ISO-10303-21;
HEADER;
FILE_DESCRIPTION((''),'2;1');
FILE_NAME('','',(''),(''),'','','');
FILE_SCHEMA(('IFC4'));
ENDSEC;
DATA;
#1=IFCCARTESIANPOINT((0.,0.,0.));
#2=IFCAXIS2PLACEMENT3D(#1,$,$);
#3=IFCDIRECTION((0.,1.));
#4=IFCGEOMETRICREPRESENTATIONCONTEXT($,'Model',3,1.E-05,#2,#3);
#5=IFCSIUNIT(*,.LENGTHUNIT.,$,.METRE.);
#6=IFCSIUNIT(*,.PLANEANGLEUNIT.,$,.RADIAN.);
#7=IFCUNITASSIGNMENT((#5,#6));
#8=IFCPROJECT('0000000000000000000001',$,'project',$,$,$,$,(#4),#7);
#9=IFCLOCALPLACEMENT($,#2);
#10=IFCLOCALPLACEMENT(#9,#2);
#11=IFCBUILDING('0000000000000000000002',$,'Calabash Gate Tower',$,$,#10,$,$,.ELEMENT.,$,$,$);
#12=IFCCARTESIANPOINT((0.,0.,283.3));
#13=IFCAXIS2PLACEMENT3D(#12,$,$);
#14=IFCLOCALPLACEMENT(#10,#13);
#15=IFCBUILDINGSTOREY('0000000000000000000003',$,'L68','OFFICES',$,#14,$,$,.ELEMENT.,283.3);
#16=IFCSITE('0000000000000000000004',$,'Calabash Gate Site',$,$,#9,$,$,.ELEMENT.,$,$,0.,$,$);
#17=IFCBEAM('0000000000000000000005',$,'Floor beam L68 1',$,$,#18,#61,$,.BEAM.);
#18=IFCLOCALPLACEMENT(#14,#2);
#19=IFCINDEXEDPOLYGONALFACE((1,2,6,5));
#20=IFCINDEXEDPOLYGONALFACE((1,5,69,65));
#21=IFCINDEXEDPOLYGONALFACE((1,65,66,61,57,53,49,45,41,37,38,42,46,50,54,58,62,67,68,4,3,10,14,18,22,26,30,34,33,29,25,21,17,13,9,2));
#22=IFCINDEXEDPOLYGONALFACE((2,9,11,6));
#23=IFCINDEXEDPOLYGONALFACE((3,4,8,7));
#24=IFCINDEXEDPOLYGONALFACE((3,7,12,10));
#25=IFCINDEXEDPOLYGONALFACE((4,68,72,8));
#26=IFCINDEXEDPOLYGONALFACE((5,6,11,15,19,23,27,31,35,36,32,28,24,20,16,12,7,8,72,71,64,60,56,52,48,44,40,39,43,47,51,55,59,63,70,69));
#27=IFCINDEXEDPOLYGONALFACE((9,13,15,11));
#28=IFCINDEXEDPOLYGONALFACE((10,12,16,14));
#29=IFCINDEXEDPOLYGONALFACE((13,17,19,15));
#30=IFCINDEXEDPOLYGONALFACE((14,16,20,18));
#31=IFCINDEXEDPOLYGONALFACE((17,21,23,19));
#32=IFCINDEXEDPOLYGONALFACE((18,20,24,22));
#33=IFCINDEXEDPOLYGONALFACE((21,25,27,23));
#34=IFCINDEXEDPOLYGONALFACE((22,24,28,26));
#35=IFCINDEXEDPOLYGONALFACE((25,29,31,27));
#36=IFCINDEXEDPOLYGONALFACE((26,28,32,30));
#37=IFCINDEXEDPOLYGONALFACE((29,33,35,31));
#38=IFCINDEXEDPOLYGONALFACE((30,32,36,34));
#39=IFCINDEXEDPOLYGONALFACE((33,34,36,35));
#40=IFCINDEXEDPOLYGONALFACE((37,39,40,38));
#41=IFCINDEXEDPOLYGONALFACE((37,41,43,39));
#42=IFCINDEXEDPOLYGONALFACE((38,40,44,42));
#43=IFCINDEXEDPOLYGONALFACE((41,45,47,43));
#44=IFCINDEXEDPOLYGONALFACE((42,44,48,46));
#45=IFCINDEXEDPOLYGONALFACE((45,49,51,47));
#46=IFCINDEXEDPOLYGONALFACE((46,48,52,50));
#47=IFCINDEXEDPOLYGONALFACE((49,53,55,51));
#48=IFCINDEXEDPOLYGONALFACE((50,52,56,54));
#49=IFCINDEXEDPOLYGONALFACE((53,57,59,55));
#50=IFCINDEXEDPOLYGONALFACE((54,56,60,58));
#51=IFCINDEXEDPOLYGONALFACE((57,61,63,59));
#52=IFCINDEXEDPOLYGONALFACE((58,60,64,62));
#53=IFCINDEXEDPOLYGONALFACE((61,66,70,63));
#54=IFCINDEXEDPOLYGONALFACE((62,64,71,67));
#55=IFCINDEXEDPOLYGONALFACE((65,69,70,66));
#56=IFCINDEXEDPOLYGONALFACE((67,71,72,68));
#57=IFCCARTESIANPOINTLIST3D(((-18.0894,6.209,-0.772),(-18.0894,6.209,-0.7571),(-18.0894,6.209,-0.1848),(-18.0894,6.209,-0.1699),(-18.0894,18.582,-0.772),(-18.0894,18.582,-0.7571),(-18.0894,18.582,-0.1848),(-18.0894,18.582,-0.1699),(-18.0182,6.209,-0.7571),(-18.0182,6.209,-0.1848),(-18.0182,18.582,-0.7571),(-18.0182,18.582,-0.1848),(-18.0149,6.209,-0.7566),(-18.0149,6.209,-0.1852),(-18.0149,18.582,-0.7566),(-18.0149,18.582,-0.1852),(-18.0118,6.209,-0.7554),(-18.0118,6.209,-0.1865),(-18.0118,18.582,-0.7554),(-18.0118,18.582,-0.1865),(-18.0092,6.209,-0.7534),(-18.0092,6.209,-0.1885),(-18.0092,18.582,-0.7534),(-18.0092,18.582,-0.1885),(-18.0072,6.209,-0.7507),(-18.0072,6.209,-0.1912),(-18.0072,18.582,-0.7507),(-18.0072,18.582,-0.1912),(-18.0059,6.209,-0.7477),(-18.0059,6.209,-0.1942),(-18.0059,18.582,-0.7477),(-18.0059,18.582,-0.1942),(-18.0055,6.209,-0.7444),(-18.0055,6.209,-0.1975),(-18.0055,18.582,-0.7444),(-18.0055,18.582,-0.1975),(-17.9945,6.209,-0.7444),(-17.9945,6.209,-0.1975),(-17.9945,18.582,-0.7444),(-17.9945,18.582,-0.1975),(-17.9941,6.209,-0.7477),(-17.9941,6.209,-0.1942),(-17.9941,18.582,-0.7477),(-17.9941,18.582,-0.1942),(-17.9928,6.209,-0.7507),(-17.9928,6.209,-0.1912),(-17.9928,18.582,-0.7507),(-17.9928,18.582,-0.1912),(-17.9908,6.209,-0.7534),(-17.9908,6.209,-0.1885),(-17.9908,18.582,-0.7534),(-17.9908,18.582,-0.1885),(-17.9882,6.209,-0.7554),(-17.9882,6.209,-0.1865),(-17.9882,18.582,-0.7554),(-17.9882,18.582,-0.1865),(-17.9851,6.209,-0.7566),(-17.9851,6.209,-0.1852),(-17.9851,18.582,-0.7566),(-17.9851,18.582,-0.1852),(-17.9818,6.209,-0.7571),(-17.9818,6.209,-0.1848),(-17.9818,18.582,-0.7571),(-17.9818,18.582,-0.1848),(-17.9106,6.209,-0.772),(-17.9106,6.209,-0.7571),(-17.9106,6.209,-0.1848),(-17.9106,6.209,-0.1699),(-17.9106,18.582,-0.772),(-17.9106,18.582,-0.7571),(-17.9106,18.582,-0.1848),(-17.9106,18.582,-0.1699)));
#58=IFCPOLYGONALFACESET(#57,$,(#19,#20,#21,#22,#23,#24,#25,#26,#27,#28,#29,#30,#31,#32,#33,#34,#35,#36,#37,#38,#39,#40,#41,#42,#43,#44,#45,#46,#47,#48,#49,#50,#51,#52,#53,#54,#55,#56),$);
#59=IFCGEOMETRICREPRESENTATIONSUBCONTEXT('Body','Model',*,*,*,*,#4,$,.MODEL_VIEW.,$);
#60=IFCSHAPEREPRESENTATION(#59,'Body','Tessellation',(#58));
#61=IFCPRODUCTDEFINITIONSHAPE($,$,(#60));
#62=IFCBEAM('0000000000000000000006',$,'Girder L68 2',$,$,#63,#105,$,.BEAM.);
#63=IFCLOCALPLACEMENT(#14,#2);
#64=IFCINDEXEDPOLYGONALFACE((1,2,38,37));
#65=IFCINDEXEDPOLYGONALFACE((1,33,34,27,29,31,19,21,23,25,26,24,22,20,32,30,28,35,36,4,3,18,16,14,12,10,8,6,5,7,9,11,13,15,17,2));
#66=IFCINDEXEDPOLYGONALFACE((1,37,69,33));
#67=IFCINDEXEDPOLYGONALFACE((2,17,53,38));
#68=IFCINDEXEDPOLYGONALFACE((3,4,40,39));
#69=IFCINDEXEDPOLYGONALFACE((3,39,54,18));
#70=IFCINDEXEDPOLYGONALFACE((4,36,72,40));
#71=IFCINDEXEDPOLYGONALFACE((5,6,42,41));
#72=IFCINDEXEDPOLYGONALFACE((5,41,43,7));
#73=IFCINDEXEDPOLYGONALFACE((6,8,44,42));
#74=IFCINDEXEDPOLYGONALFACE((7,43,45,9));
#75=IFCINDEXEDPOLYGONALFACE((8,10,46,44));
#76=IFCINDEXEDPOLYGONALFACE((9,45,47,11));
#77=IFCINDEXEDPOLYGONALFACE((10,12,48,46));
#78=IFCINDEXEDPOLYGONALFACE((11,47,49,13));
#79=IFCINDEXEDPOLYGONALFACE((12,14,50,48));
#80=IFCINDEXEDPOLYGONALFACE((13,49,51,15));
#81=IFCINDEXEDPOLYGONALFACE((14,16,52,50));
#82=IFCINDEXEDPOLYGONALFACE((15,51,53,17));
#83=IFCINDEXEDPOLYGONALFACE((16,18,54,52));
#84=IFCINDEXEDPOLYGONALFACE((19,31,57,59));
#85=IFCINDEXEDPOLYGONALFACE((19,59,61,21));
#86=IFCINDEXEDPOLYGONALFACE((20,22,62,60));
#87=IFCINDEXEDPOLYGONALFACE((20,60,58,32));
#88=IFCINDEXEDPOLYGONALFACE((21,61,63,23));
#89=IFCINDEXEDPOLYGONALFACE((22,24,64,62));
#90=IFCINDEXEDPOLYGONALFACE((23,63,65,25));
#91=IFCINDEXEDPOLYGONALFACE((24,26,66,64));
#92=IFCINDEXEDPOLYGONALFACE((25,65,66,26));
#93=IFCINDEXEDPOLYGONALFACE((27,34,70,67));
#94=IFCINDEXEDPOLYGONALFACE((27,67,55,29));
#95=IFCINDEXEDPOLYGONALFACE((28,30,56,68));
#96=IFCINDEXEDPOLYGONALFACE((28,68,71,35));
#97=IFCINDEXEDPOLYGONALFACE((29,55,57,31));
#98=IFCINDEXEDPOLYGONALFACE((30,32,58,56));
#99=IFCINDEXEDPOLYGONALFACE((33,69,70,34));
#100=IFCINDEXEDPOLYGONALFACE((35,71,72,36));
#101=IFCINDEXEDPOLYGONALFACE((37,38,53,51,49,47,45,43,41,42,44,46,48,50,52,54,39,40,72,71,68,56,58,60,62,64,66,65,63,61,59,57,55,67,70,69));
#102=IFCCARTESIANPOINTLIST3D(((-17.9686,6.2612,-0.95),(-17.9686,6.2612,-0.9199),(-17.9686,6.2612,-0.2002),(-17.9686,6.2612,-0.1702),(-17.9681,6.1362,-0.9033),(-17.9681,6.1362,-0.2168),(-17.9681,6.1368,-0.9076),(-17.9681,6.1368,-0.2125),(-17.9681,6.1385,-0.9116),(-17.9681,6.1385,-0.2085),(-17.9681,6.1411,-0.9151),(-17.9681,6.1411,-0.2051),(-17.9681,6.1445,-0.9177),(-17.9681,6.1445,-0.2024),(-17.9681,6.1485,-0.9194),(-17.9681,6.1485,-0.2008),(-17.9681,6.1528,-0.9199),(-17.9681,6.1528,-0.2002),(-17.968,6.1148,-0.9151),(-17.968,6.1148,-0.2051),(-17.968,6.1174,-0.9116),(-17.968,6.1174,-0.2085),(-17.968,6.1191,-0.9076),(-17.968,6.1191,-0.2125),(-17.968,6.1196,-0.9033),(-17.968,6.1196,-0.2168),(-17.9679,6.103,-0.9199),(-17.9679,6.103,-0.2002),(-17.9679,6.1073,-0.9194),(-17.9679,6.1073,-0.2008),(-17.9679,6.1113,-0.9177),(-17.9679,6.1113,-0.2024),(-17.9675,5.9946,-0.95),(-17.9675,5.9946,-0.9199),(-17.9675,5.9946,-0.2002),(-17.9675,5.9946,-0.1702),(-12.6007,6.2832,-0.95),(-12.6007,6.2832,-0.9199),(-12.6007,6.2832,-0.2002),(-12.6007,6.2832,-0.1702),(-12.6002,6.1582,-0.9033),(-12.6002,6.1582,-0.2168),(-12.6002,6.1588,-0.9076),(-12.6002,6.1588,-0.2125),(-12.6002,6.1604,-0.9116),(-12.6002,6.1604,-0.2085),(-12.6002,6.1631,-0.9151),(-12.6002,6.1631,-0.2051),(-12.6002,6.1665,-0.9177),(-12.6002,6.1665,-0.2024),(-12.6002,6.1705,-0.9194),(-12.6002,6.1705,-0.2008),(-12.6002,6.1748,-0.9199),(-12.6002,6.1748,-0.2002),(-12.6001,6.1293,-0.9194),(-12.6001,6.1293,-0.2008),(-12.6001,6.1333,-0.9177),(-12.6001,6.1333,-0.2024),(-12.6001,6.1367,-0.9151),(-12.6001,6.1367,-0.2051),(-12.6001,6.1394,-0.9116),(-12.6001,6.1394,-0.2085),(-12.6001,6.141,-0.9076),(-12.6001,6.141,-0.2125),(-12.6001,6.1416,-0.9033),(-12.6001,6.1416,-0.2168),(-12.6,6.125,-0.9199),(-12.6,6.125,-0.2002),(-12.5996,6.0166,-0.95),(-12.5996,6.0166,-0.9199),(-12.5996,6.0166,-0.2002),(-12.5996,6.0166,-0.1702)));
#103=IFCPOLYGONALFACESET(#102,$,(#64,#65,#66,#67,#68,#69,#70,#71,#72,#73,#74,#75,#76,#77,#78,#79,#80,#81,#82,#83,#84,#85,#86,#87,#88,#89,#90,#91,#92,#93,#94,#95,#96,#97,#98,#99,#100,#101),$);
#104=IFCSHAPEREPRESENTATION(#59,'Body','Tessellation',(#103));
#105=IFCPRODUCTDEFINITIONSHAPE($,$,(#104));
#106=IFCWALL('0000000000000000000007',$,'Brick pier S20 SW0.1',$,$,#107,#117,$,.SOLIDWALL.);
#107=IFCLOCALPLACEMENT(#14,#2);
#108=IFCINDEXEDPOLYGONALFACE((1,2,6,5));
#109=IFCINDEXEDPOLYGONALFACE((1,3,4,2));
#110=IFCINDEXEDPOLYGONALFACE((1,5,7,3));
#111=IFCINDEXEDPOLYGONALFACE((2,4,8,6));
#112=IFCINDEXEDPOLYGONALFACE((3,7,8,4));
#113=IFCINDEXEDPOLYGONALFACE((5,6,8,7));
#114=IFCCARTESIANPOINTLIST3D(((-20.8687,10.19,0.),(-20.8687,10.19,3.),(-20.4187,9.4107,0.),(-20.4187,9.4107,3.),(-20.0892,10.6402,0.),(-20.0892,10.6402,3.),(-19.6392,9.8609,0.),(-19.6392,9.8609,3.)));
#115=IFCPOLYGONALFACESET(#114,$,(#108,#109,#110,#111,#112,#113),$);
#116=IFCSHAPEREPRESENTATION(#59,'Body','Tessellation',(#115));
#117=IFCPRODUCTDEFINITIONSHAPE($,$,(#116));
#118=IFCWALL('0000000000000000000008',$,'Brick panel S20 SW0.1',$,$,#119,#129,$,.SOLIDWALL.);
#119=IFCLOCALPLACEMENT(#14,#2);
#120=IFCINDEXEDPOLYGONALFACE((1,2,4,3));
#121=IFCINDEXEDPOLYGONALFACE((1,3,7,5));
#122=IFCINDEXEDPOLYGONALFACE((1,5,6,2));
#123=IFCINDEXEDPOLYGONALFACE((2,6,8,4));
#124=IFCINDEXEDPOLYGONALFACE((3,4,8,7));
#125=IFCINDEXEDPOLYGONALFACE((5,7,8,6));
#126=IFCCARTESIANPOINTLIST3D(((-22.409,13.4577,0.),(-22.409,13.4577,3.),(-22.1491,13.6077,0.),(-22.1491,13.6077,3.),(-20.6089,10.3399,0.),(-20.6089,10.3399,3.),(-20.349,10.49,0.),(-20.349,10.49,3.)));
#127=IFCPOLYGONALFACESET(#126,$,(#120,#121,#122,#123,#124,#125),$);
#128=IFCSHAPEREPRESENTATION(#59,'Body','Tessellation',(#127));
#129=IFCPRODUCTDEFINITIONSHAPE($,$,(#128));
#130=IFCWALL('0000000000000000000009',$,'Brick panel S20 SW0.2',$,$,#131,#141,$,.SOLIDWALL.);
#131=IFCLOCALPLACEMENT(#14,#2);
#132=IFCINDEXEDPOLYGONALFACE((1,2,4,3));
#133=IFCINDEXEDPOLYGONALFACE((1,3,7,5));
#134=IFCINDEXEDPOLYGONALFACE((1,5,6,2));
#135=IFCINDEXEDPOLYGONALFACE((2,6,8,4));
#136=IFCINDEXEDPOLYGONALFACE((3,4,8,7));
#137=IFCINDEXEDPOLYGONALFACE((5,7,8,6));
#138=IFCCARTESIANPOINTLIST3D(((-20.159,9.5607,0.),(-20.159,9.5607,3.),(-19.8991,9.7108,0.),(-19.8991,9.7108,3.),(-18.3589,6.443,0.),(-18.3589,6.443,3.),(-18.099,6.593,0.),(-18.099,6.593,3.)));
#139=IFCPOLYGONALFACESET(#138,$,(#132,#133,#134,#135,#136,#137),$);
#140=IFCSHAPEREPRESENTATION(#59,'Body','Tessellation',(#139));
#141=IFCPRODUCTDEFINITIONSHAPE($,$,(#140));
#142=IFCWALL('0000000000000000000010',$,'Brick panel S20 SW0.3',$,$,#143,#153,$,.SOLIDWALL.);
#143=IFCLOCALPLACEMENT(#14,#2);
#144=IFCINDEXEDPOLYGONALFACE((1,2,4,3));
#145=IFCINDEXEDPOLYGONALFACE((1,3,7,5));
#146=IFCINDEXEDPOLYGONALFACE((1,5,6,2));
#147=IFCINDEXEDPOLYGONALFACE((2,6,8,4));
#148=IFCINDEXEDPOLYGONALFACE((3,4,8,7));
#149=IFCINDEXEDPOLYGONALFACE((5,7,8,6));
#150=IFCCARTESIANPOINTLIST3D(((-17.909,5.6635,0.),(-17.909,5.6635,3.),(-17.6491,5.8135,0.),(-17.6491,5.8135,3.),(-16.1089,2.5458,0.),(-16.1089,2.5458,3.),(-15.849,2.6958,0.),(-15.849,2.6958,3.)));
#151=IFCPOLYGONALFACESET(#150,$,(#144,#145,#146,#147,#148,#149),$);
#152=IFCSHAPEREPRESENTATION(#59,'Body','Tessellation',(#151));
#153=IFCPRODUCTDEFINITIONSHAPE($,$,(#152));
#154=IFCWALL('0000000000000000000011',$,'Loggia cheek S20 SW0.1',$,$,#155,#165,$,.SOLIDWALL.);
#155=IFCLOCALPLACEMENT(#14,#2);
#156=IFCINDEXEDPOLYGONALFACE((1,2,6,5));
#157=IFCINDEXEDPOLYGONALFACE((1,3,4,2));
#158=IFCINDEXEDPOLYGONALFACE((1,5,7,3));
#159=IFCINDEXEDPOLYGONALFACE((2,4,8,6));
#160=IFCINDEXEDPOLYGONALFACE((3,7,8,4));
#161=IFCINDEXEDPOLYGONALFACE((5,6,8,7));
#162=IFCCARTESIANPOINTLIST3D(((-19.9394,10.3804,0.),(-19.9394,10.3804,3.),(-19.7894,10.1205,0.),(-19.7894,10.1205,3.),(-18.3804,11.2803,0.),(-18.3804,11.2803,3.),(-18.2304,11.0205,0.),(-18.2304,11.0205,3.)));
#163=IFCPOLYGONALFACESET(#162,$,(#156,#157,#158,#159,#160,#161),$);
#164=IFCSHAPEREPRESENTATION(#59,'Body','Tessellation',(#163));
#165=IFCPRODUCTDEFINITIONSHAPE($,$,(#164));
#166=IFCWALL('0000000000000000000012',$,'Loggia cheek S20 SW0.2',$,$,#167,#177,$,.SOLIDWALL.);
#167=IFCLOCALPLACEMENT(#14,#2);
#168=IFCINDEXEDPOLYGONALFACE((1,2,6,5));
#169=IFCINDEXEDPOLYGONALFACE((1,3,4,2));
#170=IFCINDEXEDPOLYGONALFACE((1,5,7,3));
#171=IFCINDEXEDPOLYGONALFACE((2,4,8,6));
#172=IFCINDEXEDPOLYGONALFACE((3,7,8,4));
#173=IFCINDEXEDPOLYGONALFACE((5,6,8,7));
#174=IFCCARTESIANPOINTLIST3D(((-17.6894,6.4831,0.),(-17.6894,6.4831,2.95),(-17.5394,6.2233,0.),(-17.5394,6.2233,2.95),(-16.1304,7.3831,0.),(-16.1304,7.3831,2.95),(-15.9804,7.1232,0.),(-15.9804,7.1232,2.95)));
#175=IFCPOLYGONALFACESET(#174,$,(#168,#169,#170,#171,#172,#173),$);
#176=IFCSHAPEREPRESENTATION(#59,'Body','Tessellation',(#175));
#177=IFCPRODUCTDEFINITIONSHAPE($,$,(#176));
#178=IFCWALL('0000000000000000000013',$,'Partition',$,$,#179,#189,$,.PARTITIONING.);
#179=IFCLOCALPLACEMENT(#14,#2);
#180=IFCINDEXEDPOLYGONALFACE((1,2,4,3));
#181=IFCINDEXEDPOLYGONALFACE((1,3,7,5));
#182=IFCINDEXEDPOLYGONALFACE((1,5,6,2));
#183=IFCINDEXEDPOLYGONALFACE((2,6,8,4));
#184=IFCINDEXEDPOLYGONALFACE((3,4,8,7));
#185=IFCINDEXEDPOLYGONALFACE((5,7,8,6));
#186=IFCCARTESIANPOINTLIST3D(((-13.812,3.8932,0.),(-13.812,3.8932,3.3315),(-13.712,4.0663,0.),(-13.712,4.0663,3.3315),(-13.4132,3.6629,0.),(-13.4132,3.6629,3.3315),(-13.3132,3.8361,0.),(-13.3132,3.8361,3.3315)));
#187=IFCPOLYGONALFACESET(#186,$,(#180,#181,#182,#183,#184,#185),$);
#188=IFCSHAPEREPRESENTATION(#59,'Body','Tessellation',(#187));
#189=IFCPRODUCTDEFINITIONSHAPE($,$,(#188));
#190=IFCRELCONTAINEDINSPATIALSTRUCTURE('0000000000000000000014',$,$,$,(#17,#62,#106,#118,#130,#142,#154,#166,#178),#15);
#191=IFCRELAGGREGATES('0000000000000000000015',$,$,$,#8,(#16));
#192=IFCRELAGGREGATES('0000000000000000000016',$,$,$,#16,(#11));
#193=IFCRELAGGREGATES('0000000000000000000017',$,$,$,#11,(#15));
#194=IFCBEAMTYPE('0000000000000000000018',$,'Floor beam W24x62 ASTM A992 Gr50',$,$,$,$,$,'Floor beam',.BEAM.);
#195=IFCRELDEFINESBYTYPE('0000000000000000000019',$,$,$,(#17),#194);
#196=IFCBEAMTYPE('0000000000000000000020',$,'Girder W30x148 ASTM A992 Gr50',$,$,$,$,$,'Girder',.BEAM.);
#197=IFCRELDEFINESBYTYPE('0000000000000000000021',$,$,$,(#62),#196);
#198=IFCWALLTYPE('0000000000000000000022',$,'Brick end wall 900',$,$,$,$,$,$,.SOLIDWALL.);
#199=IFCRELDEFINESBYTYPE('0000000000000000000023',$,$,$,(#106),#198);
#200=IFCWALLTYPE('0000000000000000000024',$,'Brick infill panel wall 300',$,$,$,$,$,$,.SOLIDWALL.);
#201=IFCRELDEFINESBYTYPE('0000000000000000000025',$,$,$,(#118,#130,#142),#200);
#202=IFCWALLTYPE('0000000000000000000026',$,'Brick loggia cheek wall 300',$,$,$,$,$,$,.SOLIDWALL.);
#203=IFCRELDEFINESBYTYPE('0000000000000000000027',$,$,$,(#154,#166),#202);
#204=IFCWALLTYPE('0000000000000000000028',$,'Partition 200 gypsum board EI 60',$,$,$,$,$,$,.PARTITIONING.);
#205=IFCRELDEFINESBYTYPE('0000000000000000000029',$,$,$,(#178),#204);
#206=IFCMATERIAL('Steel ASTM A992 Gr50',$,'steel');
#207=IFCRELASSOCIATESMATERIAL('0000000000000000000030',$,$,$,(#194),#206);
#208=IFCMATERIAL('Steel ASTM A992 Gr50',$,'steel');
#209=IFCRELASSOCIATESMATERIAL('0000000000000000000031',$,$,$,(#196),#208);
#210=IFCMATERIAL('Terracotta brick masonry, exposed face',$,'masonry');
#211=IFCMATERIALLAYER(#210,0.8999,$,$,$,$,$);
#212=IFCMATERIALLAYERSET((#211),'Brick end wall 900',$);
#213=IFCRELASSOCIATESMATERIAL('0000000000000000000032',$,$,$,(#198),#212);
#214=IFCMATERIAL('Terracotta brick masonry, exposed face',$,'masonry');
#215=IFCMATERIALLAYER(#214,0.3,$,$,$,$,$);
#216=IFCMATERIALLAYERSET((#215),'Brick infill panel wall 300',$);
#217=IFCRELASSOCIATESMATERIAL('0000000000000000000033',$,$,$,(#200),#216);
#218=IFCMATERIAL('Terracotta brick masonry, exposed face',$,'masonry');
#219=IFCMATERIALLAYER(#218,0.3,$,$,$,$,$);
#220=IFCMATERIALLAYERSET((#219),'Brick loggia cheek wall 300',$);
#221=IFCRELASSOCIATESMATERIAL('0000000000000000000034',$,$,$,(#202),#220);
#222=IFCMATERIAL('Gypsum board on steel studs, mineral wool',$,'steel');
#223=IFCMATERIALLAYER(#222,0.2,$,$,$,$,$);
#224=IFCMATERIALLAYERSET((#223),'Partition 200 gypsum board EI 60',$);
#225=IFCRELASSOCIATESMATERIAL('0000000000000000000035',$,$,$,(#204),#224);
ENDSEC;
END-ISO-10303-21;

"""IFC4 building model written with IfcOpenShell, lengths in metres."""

from ifc_helpers import new_model, si_unit, direction, frame, frame_2d, origin, origin_2d, place, context, subcontext, project, spatial, rectangle, i_section, extrude, material, layer, layer_set, material_profile, profile_set, type_object, element, save


model = new_model("IFC4")

# Units and contexts
model_context = context("Model", 3, precision=1e-05, world=origin(), true_north=direction((0.0, 1.0)))
body_context = subcontext(model_context, "Body", "Model", "MODEL_VIEW")
ifc_project = project(units=[si_unit("LENGTHUNIT", "METRE"), si_unit("PLANEANGLEUNIT", "RADIAN")], contexts=[model_context])

# Site, building, storey
site_placement = place(None, origin())
site = spatial("IfcSite", under=ifc_project, at=site_placement, Name="Calabash Gate Site", CompositionType="ELEMENT", RefElevation=0.0)
building_placement = place(site_placement, origin())
building = spatial("IfcBuilding", under=site, at=building_placement, Name="Calabash Gate Tower", CompositionType="ELEMENT")
storey_placement = place(building_placement, frame((0.0, 0.0, 283.3)))
storey = spatial("IfcBuildingStorey", under=building, at=storey_placement, Name="L68", Description="OFFICES", CompositionType="ELEMENT", Elevation=283.3)

# Beams
ifc_material_1 = material(Name="Steel ASTM A992 Gr50", Category="steel")
ifc_material_profile_1 = material_profile(ifc_material_1, i_section(OverallWidth=0.1787, OverallDepth=0.6021, WebThickness=0.011, FlangeThickness=0.0149, FilletRadius=0.0127, at=origin_2d()))
ifc_profile_set_1 = profile_set([ifc_material_profile_1], Name="Steel ASTM A992 Gr50")
beam_type_1 = type_object("IfcBeamType", Name="Floor beam W24x62 ASTM A992 Gr50", ElementType="Floor beam", PredefinedType="BEAM", material=ifc_profile_set_1)
beam_1_placement = place(storey_placement, frame((-18.0, 6.209, -0.4709), z_axis=(0.0, 1.0, 0.0), x_axis=(-1.0, 0.0, 0.0)))
element("IfcBeam", 1, at=beam_1_placement, inside=storey, type_object=beam_type_1, Name="Floor beam L68 1", PredefinedType="BEAM", context=body_context, shape_type="SweptSolid", body=[
    extrude(i_section(OverallWidth=0.1787, OverallDepth=0.6021, WebThickness=0.011, FlangeThickness=0.0149, FilletRadius=0.0127, at=origin_2d()), origin(), (0.0, 0.0, 1.0), 12.373),
])
ifc_material_2 = material(Name="Steel ASTM A992 Gr50", Category="steel")
ifc_material_profile_2 = material_profile(ifc_material_2, i_section(OverallWidth=0.2666, OverallDepth=0.7798, WebThickness=0.0166, FlangeThickness=0.03, FilletRadius=0.0166, at=origin_2d()))
ifc_profile_set_2 = profile_set([ifc_material_profile_2], Name="Steel ASTM A992 Gr50")
beam_type_2 = type_object("IfcBeamType", Name="Girder W30x148 ASTM A992 Gr50", ElementType="Girder", PredefinedType="BEAM", material=ifc_profile_set_2)
beam_2_placement = place(storey_placement, frame((-17.968, 6.1279, -0.5601), z_axis=(0.999992, 0.004093, 0.0), x_axis=(-0.004093, 0.999992, 0.0)))
element("IfcBeam", 2, at=beam_2_placement, inside=storey, type_object=beam_type_2, Name="Girder L68 2", PredefinedType="BEAM", context=body_context, shape_type="SweptSolid", body=[
    extrude(i_section(OverallWidth=0.2666, OverallDepth=0.7798, WebThickness=0.0166, FlangeThickness=0.03, FilletRadius=0.0166, at=origin_2d()), origin(), (0.0, 0.0, 1.0), 5.3679),
])

# Walls
ifc_material_3 = material(Name="Terracotta brick masonry, exposed face", Category="masonry")
ifc_layer_1 = layer(ifc_material_3, 0.8999)
ifc_layer_set_1 = layer_set([ifc_layer_1], Name="Brick end wall 900")
wall_type_1 = type_object("IfcWallType", Name="Brick end wall 900", PredefinedType="SOLIDWALL", material=ifc_layer_set_1)
wall_1_placement = place(storey_placement, frame((-20.6438, 9.8003, 0.0), z_axis=(0.0, 0.0, 1.0), x_axis=(0.865964, 0.500106, 0.0)))
element("IfcWall", 3, at=wall_1_placement, inside=storey, type_object=wall_type_1, Name="Brick pier S20 SW0.1", PredefinedType="SOLIDWALL", context=body_context, shape_type="SweptSolid", body=[
    extrude(rectangle(XDim=0.9001, YDim=0.8999, at=frame_2d((0.4502, 0.0))), origin(), (0.0, 0.0, 1.0), 3.0),
])
ifc_material_4 = material(Name="Terracotta brick masonry, exposed face", Category="masonry")
ifc_layer_2 = layer(ifc_material_4, 0.3)
ifc_layer_set_2 = layer_set([ifc_layer_2], Name="Brick infill panel wall 300")
wall_type_2 = type_object("IfcWallType", Name="Brick infill panel wall 300", PredefinedType="SOLIDWALL", material=ifc_layer_set_2)
for number, where, z_axis, x_axis, name in (
    (4, (-22.2791, 13.5327, 0.0), (0.0, 0.0, 1.0), (0.500012, -0.866018, 0.0), "Brick panel S20 SW0.1"),
    (5, (-20.0291, 9.6357, 0.0), (0.0, 0.0, 1.0), (0.500012, -0.866018, 0.0), "Brick panel S20 SW0.2"),
    (6, (-17.7791, 5.7385, 0.0), (0.0, 0.0, 1.0), (0.500012, -0.866018, 0.0), "Brick panel S20 SW0.3"),
):
    element("IfcWall", number, at=place(storey_placement, frame(where, z_axis=z_axis, x_axis=x_axis)), inside=storey, type_object=wall_type_2, Name=name, PredefinedType="SOLIDWALL", context=body_context, shape_type="SweptSolid", body=[
        extrude(rectangle(XDim=3.6001, YDim=0.3, at=frame_2d((1.8, 0.0))), origin(), (0.0, 0.0, 1.0), 3.0),
    ])
ifc_material_5 = material(Name="Terracotta brick masonry, exposed face", Category="masonry")
ifc_layer_3 = layer(ifc_material_5, 0.3)
ifc_layer_set_3 = layer_set([ifc_layer_3], Name="Brick loggia cheek wall 300")
wall_type_3 = type_object("IfcWallType", Name="Brick loggia cheek wall 300", PredefinedType="SOLIDWALL", material=ifc_layer_set_3)
wall_2_placement = place(storey_placement, frame((-19.8643, 10.2505, 0.0), z_axis=(0.0, 0.0, 1.0), x_axis=(0.866048, 0.499961, 0.0)))
element("IfcWall", 7, at=wall_2_placement, inside=storey, type_object=wall_type_3, Name="Loggia cheek S20 SW0.1", PredefinedType="SOLIDWALL", context=body_context, shape_type="SweptSolid", body=[
    extrude(rectangle(XDim=1.8, YDim=0.3, at=frame_2d((0.8999, 0.0))), origin(), (0.0, 0.0, 1.0), 3.0),
])
wall_3_placement = place(storey_placement, frame((-17.6143, 6.3533, 0.0), z_axis=(0.0, 0.0, 1.0), x_axis=(0.866048, 0.499961, 0.0)))
element("IfcWall", 8, at=wall_3_placement, inside=storey, type_object=wall_type_3, Name="Loggia cheek S20 SW0.2", PredefinedType="SOLIDWALL", context=body_context, shape_type="SweptSolid", body=[
    extrude(rectangle(XDim=1.8, YDim=0.3, at=frame_2d((0.8999, 0.0))), origin(), (0.0, 0.0, 1.0), 2.95),
])
ifc_material_6 = material(Name="Gypsum board on steel studs, mineral wool", Category="steel")
ifc_layer_4 = layer(ifc_material_6, 0.2)
ifc_layer_set_4 = layer_set([ifc_layer_4], Name="Partition 200 gypsum board EI 60")
wall_type_4 = type_object("IfcWallType", Name="Partition 200 gypsum board EI 60", PredefinedType="PARTITIONING", material=ifc_layer_set_4)
wall_4_placement = place(storey_placement, frame((-13.762, 3.9797, 0.0), z_axis=(0.0, 0.0, 1.0), x_axis=(0.865982, -0.500074, 0.0)))
element("IfcWall", 9, at=wall_4_placement, inside=storey, type_object=wall_type_4, Name="Partition", PredefinedType="PARTITIONING", context=body_context, shape_type="SweptSolid", body=[
    extrude(rectangle(XDim=0.4604, YDim=0.2, at=frame_2d((0.2302, 0.0))), origin(), (0.0, 0.0, 1.0), 3.3315),
])

save(model, "model.ifc")
